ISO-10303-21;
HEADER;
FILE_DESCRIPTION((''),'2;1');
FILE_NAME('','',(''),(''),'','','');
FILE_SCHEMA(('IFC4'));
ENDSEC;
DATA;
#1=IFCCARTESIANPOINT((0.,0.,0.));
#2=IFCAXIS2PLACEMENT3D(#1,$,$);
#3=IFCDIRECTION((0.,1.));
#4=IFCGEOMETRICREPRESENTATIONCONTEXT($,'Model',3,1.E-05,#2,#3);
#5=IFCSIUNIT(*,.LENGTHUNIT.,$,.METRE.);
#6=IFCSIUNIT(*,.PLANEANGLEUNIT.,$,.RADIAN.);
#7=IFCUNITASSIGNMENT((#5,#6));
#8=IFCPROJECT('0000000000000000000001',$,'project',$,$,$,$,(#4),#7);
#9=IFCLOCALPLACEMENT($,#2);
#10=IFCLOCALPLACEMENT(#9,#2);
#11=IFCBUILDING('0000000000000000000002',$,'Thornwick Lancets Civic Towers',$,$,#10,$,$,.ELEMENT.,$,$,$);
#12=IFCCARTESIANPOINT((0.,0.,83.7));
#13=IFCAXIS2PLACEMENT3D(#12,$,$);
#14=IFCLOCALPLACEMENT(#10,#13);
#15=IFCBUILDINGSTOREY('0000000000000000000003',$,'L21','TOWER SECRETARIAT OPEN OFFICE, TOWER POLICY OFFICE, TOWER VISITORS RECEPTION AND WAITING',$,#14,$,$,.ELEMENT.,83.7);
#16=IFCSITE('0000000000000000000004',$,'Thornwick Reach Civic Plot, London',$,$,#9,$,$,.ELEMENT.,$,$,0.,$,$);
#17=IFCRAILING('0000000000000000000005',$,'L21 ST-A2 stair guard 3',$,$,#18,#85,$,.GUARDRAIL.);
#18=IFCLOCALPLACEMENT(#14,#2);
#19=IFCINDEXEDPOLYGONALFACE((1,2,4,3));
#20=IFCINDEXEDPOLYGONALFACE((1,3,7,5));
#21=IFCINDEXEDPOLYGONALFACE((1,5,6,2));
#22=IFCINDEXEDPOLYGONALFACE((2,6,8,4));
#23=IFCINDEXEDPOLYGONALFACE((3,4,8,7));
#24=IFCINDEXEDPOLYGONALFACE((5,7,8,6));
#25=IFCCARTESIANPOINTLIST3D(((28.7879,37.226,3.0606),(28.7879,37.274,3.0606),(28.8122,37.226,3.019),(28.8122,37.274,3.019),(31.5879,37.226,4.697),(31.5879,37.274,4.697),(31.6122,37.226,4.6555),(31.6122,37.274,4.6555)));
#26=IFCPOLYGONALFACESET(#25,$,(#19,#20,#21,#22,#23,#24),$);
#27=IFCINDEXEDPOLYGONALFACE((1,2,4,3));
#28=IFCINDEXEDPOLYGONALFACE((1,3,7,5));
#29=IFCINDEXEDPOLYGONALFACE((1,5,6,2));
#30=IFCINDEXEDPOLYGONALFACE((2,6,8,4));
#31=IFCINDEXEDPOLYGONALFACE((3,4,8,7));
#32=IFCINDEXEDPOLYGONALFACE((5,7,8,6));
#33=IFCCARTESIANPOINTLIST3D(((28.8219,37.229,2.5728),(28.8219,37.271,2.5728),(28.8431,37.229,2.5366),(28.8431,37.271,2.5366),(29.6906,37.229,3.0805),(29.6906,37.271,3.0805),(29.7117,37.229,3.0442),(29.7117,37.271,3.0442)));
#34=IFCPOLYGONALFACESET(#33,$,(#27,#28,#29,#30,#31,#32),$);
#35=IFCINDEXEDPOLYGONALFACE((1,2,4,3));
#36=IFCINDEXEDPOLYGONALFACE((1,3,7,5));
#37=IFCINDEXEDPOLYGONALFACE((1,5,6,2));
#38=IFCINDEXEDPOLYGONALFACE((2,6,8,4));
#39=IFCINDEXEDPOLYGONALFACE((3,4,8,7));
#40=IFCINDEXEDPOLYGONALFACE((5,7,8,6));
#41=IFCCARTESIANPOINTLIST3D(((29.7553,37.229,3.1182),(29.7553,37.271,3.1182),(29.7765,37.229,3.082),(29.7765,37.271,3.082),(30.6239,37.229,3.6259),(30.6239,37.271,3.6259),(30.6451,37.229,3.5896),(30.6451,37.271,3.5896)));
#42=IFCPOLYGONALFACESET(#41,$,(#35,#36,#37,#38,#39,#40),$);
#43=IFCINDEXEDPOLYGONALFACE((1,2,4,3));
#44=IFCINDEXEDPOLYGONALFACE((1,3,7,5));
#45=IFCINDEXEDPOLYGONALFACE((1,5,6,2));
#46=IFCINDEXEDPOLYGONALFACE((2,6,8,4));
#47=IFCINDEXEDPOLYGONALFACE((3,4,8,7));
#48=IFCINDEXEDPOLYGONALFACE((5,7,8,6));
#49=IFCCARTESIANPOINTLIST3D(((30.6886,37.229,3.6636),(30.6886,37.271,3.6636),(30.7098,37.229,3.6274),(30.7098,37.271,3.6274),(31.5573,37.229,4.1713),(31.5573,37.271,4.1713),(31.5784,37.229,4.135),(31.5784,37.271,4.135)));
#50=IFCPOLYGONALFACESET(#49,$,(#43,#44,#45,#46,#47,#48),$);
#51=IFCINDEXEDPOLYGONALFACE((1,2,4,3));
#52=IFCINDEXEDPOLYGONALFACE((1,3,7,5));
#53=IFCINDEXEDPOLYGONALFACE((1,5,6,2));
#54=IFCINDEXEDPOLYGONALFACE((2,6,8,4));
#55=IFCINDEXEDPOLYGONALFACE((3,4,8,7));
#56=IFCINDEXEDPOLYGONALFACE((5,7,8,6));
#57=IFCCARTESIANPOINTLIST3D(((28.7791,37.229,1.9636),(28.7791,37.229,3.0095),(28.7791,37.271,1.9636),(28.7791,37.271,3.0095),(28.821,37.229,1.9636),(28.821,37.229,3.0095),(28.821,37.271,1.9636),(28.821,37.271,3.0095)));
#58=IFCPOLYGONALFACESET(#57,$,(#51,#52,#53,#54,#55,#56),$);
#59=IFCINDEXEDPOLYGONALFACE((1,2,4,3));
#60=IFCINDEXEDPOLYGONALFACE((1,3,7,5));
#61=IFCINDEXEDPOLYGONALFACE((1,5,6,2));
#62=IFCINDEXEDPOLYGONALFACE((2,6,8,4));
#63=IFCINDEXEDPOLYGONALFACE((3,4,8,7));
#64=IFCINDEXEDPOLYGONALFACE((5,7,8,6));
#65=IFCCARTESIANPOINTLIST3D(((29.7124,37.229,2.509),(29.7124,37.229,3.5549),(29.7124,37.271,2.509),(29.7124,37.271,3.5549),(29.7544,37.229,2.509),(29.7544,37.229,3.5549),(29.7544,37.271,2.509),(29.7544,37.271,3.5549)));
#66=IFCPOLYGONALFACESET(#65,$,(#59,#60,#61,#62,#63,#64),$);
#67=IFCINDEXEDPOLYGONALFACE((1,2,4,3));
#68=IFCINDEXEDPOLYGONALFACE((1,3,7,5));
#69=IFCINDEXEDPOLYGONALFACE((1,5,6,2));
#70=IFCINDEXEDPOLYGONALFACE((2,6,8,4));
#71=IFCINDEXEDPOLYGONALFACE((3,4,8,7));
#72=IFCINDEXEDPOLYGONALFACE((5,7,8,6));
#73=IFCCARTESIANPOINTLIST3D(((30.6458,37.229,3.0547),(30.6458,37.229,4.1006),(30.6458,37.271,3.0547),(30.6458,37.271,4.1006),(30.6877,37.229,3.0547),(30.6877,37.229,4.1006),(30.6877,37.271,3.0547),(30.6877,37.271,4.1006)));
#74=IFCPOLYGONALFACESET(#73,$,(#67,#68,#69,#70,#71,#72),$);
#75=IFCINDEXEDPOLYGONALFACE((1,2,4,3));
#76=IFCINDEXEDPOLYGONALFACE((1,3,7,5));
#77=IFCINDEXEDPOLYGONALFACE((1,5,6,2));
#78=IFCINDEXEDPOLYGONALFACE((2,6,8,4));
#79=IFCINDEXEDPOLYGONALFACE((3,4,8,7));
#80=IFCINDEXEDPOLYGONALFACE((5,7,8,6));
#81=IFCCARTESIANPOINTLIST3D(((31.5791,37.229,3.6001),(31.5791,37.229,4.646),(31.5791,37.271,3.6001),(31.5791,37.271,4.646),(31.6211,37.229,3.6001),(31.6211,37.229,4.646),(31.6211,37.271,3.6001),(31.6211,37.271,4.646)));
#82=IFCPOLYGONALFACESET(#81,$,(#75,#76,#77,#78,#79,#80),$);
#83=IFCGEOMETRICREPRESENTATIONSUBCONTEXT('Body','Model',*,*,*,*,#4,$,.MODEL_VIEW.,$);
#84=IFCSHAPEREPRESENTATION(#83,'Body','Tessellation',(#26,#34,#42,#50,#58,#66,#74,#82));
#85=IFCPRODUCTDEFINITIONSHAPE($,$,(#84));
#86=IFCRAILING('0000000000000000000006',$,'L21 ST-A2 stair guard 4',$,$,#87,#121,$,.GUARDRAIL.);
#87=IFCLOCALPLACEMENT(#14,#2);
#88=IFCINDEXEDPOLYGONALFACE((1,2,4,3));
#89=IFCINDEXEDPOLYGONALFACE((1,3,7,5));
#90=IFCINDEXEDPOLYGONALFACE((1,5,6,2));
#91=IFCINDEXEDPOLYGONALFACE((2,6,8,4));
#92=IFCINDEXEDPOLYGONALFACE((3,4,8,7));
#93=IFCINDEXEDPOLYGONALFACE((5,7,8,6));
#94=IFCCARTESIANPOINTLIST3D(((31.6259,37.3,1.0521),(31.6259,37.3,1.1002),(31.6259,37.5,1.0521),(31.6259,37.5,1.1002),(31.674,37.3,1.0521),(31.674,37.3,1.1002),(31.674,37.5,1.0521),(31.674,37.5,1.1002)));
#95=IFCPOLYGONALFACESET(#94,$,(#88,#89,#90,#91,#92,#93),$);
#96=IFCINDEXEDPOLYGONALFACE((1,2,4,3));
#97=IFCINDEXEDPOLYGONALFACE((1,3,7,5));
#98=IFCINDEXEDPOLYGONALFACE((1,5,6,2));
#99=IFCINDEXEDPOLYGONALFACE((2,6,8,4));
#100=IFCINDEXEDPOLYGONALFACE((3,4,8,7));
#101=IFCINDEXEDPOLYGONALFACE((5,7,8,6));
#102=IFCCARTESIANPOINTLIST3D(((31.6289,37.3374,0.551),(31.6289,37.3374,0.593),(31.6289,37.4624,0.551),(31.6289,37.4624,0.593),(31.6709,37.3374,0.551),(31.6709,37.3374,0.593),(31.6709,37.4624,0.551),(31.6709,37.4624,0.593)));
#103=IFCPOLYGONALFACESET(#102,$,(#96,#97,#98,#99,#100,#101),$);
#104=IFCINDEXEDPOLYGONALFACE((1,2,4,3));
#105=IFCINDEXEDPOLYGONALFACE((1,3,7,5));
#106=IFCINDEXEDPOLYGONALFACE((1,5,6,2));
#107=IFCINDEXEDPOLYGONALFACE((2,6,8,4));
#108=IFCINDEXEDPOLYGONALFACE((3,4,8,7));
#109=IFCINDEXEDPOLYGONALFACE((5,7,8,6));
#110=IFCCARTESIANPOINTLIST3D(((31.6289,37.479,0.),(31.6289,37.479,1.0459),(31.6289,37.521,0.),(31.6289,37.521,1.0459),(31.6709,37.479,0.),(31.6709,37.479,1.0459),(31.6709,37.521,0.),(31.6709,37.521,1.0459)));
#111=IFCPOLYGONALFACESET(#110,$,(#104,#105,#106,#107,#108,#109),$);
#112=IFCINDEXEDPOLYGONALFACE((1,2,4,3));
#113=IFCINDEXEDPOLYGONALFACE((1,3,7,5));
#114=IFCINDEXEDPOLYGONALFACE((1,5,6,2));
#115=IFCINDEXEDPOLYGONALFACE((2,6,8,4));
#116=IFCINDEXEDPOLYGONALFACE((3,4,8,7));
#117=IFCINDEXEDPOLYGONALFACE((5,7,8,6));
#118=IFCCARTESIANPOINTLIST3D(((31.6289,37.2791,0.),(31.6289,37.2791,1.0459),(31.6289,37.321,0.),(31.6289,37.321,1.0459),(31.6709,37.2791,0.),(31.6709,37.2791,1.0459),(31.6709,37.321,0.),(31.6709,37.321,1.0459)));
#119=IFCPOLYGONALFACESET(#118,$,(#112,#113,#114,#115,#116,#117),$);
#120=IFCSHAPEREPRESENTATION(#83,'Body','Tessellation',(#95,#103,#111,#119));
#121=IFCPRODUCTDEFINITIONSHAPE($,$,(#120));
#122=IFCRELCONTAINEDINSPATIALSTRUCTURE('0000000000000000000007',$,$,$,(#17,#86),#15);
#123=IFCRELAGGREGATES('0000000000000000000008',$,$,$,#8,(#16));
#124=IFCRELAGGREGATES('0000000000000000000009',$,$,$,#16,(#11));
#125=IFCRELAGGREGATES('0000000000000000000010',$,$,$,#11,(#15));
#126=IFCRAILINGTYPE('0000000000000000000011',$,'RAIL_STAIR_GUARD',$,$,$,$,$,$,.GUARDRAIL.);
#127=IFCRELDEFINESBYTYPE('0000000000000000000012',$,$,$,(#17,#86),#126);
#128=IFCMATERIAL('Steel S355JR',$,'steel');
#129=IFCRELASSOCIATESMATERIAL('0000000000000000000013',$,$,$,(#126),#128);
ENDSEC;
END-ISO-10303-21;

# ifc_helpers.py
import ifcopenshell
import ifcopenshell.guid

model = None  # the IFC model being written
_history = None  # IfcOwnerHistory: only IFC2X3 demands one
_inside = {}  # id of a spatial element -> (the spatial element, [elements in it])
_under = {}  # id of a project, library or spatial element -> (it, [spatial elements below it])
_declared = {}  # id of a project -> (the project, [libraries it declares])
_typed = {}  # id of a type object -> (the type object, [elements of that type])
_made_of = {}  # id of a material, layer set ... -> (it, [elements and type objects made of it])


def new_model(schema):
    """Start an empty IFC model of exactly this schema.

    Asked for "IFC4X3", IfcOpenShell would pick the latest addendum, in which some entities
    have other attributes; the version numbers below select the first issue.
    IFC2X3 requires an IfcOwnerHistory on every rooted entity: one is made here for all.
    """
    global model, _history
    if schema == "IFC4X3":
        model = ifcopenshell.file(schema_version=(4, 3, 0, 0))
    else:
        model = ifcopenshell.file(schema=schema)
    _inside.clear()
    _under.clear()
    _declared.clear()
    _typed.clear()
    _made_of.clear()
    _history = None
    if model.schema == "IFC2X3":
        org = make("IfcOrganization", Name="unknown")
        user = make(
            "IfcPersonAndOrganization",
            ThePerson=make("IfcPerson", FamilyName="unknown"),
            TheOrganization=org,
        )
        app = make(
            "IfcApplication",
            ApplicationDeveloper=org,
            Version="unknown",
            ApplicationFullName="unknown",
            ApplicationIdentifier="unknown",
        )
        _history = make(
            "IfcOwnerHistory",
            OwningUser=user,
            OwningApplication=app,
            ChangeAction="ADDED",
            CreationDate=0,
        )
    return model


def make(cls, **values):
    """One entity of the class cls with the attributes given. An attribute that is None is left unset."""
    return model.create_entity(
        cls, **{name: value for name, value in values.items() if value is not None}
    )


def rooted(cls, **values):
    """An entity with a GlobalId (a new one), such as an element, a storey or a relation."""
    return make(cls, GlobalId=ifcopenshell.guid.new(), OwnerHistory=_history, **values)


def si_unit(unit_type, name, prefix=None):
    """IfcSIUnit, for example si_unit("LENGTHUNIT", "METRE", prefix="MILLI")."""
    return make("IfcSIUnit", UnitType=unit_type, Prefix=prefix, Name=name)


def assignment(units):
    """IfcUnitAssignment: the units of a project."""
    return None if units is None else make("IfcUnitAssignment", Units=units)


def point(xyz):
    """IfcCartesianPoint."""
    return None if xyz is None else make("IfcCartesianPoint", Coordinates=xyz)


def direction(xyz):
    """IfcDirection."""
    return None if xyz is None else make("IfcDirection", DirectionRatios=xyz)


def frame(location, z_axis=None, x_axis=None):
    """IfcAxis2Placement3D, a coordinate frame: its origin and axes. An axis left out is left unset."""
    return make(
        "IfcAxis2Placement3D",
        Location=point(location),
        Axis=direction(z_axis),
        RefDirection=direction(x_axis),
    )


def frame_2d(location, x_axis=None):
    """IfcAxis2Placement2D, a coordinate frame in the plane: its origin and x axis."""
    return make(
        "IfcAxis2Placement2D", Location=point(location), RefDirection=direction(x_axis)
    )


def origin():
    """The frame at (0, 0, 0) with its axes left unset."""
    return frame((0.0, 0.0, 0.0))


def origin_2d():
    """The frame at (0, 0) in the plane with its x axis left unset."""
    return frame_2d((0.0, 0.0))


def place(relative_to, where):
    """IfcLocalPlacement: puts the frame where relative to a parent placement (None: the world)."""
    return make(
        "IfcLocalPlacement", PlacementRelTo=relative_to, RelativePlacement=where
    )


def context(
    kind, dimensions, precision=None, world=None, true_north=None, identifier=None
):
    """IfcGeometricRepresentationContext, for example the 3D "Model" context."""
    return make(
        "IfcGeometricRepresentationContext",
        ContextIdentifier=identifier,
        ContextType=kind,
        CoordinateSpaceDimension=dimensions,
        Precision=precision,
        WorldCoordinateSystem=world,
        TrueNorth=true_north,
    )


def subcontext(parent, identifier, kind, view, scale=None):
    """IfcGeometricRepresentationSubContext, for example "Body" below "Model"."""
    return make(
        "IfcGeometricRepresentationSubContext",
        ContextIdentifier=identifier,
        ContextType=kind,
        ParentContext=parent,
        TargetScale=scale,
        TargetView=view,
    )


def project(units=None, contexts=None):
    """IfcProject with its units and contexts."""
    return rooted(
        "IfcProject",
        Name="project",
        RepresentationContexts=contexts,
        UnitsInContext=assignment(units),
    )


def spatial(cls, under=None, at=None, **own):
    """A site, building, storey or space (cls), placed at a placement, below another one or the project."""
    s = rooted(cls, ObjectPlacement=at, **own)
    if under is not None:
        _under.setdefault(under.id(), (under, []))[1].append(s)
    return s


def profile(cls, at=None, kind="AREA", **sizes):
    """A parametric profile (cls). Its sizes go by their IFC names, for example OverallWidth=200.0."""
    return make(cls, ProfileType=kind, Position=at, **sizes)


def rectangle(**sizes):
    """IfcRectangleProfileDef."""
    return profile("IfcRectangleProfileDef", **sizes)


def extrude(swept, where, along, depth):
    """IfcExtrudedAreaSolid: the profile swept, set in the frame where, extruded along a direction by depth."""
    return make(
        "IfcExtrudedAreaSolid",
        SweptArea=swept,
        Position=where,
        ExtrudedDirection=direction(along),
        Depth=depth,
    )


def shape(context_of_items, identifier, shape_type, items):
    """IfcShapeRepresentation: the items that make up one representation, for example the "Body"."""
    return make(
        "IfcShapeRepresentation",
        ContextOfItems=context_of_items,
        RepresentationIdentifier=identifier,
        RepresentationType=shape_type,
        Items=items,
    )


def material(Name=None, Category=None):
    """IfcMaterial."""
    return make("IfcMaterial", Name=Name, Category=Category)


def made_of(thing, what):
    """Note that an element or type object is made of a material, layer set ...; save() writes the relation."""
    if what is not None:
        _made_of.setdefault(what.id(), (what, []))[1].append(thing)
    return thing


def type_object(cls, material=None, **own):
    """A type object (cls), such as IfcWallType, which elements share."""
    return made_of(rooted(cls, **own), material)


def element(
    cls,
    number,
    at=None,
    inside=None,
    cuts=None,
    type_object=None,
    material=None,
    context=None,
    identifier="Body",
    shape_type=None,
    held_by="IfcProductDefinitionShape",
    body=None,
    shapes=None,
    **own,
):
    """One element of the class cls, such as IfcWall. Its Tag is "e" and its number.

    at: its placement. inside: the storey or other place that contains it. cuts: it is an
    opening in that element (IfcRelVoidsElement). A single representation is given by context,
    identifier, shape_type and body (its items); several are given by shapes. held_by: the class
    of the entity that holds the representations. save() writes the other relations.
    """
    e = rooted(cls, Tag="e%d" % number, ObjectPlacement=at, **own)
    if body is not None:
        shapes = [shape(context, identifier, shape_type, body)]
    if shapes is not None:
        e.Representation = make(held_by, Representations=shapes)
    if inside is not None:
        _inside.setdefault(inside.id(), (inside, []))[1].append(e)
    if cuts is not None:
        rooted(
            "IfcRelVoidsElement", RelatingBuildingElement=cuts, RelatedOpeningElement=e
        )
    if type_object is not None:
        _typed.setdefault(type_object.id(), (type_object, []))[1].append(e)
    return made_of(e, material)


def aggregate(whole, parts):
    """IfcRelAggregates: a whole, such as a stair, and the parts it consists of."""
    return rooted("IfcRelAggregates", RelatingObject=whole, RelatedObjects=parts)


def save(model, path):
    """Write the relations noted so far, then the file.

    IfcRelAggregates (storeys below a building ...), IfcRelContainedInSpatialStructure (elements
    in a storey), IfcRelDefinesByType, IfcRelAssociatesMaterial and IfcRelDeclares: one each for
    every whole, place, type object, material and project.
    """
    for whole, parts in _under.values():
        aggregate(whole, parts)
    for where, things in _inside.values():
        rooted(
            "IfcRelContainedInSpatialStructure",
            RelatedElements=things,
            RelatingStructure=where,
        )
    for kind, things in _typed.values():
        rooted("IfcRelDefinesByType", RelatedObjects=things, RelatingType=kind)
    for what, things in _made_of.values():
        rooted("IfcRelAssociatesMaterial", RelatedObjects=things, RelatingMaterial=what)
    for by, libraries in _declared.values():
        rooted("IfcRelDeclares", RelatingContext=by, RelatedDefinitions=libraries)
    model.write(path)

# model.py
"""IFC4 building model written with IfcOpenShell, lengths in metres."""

from ifc_helpers import new_model, si_unit, direction, frame, origin, origin_2d, place, context, subcontext, project, spatial, rectangle, extrude, material, type_object, element, save


model = new_model("IFC4")

# Units and contexts
model_context = context("Model", 3, precision=1e-05, world=origin(), true_north=direction((0.0, 1.0)))
body_context = subcontext(model_context, "Body", "Model", "MODEL_VIEW")
ifc_project = project(units=[si_unit("LENGTHUNIT", "METRE"), si_unit("PLANEANGLEUNIT", "RADIAN")], contexts=[model_context])

# Site, building, storey
site_placement = place(None, origin())
site = spatial("IfcSite", under=ifc_project, at=site_placement, Name="Thornwick Reach Civic Plot, London", CompositionType="ELEMENT", RefElevation=0.0)
building_placement = place(site_placement, origin())
building = spatial("IfcBuilding", under=site, at=building_placement, Name="Thornwick Lancets Civic Towers", CompositionType="ELEMENT")
storey_placement = place(building_placement, frame((0.0, 0.0, 83.7)))
storey = spatial("IfcBuildingStorey", under=building, at=storey_placement, Name="L21", Description="TOWER SECRETARIAT OPEN OFFICE, TOWER POLICY OFFICE, TOWER VISITORS RECEPTION AND WAITING", CompositionType="ELEMENT", Elevation=83.7)

# Shared definitions
ifc_material_1 = material(Name="Steel S355JR", Category="steel")

# Railings
railing_type_1 = type_object("IfcRailingType", Name="RAIL_STAIR_GUARD", PredefinedType="GUARDRAIL", material=ifc_material_1)
railing_1_placement = place(storey_placement, frame((28.8, 37.25, 1.9636)))
element("IfcRailing", 1, at=railing_1_placement, inside=storey, type_object=railing_type_1, Name="L21 ST-A2 stair guard 3", PredefinedType="GUARDRAIL", context=body_context, shape_type="SweptSolid", body=[
    extrude(rectangle(XDim=0.0481, YDim=0.0481, at=origin_2d()), frame((0.0, 0.0, 1.0762), z_axis=(0.863361, 0.0, 0.504587), x_axis=(0.0, 1.0, 0.0)), (0.0, 0.0, 1.0), 3.2432),
    extrude(rectangle(XDim=0.042, YDim=0.042, at=origin_2d()), frame((0.0325, 0.0, 0.5911), z_axis=(0.863361, 0.0, 0.504587), x_axis=(0.0, 1.0, 0.0)), (0.0, 0.0, 1.0), 1.0061),
    extrude(rectangle(XDim=0.042, YDim=0.042, at=origin_2d()), frame((0.9658, 0.0, 1.1365), z_axis=(0.863361, 0.0, 0.504587), x_axis=(0.0, 1.0, 0.0)), (0.0, 0.0, 1.0), 1.0061),
    extrude(rectangle(XDim=0.042, YDim=0.042, at=origin_2d()), frame((1.8992, 0.0, 1.6819), z_axis=(0.863361, 0.0, 0.504587), x_axis=(0.0, 1.0, 0.0)), (0.0, 0.0, 1.0), 1.0061),
    extrude(rectangle(XDim=0.042, YDim=0.042, at=origin_2d()), origin(), (0.0, 0.0, 1.0), 1.0459),
    extrude(rectangle(XDim=0.042, YDim=0.042, at=origin_2d()), frame((0.9333, 0.0, 0.5454)), (0.0, 0.0, 1.0), 1.0459),
    extrude(rectangle(XDim=0.042, YDim=0.042, at=origin_2d()), frame((1.8667, 0.0, 1.0911)), (0.0, 0.0, 1.0), 1.0459),
    extrude(rectangle(XDim=0.042, YDim=0.042, at=origin_2d()), frame((2.8, 0.0, 1.6365)), (0.0, 0.0, 1.0), 1.0459),
])
railing_2_placement = place(storey_placement, frame((31.6499, 37.5, 0.0)))
element("IfcRailing", 2, at=railing_2_placement, inside=storey, type_object=railing_type_1, Name="L21 ST-A2 stair guard 4", PredefinedType="GUARDRAIL", context=body_context, shape_type="SweptSolid", body=[
    extrude(rectangle(XDim=0.0481, YDim=0.0481, at=origin_2d()), frame((0.0, 0.0, 1.0762), z_axis=(0.0, -1.0, 0.0), x_axis=(1.0, 0.0, 0.0)), (0.0, 0.0, 1.0), 0.2),
    extrude(rectangle(XDim=0.042, YDim=0.042, at=origin_2d()), frame((0.0, -0.0376, 0.572), z_axis=(0.0, -1.0, 0.0), x_axis=(1.0, 0.0, 0.0)), (0.0, 0.0, 1.0), 0.125),
    extrude(rectangle(XDim=0.042, YDim=0.042, at=origin_2d()), origin(), (0.0, 0.0, 1.0), 1.0459),
    extrude(rectangle(XDim=0.042, YDim=0.042, at=origin_2d()), frame((0.0, -0.2, 0.0)), (0.0, 0.0, 1.0), 1.0459),
])

save(model, "model.ifc")
